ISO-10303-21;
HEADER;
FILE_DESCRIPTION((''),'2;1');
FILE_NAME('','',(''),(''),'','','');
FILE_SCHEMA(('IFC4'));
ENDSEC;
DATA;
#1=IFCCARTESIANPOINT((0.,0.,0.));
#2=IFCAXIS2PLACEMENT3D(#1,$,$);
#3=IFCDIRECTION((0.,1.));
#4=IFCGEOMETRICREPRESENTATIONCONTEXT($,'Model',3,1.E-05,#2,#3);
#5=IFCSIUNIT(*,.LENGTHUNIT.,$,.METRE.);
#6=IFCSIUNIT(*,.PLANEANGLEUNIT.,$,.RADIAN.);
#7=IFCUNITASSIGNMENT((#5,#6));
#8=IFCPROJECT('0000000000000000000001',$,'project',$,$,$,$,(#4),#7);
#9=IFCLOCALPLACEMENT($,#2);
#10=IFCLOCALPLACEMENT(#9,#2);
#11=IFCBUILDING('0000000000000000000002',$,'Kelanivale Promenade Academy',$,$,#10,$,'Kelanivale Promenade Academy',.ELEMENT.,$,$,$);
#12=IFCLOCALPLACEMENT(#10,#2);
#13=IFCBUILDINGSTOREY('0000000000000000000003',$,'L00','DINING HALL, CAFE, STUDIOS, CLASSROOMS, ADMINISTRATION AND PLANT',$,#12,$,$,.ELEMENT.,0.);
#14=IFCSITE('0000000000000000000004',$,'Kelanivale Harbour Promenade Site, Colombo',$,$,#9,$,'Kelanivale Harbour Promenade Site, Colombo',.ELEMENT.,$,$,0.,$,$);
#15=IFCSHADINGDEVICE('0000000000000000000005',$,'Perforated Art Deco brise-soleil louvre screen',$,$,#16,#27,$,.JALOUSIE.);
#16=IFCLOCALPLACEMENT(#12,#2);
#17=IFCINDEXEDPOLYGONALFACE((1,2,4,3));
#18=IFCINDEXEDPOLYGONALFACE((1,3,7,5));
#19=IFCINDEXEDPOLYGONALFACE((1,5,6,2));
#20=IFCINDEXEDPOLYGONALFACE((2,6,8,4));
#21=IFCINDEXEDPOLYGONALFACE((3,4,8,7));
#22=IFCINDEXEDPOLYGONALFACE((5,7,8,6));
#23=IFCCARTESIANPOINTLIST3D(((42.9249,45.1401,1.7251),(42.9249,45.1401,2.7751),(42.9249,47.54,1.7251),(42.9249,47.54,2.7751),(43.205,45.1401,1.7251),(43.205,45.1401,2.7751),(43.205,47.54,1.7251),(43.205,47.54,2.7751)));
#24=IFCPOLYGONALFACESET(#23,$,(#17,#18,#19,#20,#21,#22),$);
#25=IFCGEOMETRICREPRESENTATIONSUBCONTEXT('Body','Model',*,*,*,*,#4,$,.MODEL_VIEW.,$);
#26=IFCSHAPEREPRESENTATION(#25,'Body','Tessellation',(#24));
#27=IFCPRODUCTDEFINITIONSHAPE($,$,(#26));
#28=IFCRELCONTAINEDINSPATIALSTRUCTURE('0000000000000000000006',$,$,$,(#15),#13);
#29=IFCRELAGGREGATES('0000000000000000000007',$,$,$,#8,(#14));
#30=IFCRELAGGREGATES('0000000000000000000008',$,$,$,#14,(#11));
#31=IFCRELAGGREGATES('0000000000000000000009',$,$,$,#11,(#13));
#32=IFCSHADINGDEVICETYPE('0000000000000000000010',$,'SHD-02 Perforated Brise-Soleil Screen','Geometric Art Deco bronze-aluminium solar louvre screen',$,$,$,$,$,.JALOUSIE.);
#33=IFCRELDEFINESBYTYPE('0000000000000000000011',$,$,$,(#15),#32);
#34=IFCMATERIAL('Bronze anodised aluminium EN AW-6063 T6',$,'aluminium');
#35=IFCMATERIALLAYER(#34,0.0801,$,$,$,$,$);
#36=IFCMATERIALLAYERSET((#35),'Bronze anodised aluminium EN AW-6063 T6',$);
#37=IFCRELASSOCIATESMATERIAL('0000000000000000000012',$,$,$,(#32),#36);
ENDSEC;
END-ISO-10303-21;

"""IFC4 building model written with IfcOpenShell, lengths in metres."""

from ifc_helpers import new_model, si_unit, direction, frame, origin, origin_2d, place, context, subcontext, project, spatial, rectangle, extrude, material, layer, layer_set, type_object, element, save


model = new_model("IFC4")

# Units and contexts
model_context = context("Model", 3, precision=1e-05, world=origin(), true_north=direction((0.0, 1.0)))
body_context = subcontext(model_context, "Body", "Model", "MODEL_VIEW")
ifc_project = project(units=[si_unit("LENGTHUNIT", "METRE"), si_unit("PLANEANGLEUNIT", "RADIAN")], contexts=[model_context])

# Site, building, storey
site_placement = place(None, origin())
site = spatial("IfcSite", under=ifc_project, at=site_placement, Name="Kelanivale Harbour Promenade Site, Colombo", LongName="Kelanivale Harbour Promenade Site, Colombo", CompositionType="ELEMENT", RefElevation=0.0)
building_placement = place(site_placement, origin())
building = spatial("IfcBuilding", under=site, at=building_placement, Name="Kelanivale Promenade Academy", LongName="Kelanivale Promenade Academy", CompositionType="ELEMENT")
storey_placement = place(building_placement, origin())
storey = spatial("IfcBuildingStorey", under=building, at=storey_placement, Name="L00", Description="DINING HALL, CAFE, STUDIOS, CLASSROOMS, ADMINISTRATION AND PLANT", CompositionType="ELEMENT", Elevation=0.0)

# Shading device
ifc_material_1 = material(Name="Bronze anodised aluminium EN AW-6063 T6", Category="aluminium")
ifc_layer_1 = layer(ifc_material_1, 0.0801)
ifc_layer_set_1 = layer_set([ifc_layer_1], Name="Bronze anodised aluminium EN AW-6063 T6")
shading_device_type = type_object("IfcShadingDeviceType", Name="SHD-02 Perforated Brise-Soleil Screen", Description="Geometric Art Deco bronze-aluminium solar louvre screen", PredefinedType="JALOUSIE", material=ifc_layer_set_1)
shading_device_placement = place(storey_placement, frame((43.0649, 46.3401, 1.7251), z_axis=(0.0, 0.0, 1.0), x_axis=(0.0, -1.0, 0.0)))
element("IfcShadingDevice", 1, at=shading_device_placement, inside=storey, type_object=shading_device_type, Name="Perforated Art Deco brise-soleil louvre screen", PredefinedType="JALOUSIE", context=body_context, shape_type="SweptSolid", body=[
    extrude(rectangle(XDim=2.3999, YDim=0.28, at=origin_2d()), origin(), (0.0, 0.0, 1.0), 1.05),
])

save(model, "model.ifc")
